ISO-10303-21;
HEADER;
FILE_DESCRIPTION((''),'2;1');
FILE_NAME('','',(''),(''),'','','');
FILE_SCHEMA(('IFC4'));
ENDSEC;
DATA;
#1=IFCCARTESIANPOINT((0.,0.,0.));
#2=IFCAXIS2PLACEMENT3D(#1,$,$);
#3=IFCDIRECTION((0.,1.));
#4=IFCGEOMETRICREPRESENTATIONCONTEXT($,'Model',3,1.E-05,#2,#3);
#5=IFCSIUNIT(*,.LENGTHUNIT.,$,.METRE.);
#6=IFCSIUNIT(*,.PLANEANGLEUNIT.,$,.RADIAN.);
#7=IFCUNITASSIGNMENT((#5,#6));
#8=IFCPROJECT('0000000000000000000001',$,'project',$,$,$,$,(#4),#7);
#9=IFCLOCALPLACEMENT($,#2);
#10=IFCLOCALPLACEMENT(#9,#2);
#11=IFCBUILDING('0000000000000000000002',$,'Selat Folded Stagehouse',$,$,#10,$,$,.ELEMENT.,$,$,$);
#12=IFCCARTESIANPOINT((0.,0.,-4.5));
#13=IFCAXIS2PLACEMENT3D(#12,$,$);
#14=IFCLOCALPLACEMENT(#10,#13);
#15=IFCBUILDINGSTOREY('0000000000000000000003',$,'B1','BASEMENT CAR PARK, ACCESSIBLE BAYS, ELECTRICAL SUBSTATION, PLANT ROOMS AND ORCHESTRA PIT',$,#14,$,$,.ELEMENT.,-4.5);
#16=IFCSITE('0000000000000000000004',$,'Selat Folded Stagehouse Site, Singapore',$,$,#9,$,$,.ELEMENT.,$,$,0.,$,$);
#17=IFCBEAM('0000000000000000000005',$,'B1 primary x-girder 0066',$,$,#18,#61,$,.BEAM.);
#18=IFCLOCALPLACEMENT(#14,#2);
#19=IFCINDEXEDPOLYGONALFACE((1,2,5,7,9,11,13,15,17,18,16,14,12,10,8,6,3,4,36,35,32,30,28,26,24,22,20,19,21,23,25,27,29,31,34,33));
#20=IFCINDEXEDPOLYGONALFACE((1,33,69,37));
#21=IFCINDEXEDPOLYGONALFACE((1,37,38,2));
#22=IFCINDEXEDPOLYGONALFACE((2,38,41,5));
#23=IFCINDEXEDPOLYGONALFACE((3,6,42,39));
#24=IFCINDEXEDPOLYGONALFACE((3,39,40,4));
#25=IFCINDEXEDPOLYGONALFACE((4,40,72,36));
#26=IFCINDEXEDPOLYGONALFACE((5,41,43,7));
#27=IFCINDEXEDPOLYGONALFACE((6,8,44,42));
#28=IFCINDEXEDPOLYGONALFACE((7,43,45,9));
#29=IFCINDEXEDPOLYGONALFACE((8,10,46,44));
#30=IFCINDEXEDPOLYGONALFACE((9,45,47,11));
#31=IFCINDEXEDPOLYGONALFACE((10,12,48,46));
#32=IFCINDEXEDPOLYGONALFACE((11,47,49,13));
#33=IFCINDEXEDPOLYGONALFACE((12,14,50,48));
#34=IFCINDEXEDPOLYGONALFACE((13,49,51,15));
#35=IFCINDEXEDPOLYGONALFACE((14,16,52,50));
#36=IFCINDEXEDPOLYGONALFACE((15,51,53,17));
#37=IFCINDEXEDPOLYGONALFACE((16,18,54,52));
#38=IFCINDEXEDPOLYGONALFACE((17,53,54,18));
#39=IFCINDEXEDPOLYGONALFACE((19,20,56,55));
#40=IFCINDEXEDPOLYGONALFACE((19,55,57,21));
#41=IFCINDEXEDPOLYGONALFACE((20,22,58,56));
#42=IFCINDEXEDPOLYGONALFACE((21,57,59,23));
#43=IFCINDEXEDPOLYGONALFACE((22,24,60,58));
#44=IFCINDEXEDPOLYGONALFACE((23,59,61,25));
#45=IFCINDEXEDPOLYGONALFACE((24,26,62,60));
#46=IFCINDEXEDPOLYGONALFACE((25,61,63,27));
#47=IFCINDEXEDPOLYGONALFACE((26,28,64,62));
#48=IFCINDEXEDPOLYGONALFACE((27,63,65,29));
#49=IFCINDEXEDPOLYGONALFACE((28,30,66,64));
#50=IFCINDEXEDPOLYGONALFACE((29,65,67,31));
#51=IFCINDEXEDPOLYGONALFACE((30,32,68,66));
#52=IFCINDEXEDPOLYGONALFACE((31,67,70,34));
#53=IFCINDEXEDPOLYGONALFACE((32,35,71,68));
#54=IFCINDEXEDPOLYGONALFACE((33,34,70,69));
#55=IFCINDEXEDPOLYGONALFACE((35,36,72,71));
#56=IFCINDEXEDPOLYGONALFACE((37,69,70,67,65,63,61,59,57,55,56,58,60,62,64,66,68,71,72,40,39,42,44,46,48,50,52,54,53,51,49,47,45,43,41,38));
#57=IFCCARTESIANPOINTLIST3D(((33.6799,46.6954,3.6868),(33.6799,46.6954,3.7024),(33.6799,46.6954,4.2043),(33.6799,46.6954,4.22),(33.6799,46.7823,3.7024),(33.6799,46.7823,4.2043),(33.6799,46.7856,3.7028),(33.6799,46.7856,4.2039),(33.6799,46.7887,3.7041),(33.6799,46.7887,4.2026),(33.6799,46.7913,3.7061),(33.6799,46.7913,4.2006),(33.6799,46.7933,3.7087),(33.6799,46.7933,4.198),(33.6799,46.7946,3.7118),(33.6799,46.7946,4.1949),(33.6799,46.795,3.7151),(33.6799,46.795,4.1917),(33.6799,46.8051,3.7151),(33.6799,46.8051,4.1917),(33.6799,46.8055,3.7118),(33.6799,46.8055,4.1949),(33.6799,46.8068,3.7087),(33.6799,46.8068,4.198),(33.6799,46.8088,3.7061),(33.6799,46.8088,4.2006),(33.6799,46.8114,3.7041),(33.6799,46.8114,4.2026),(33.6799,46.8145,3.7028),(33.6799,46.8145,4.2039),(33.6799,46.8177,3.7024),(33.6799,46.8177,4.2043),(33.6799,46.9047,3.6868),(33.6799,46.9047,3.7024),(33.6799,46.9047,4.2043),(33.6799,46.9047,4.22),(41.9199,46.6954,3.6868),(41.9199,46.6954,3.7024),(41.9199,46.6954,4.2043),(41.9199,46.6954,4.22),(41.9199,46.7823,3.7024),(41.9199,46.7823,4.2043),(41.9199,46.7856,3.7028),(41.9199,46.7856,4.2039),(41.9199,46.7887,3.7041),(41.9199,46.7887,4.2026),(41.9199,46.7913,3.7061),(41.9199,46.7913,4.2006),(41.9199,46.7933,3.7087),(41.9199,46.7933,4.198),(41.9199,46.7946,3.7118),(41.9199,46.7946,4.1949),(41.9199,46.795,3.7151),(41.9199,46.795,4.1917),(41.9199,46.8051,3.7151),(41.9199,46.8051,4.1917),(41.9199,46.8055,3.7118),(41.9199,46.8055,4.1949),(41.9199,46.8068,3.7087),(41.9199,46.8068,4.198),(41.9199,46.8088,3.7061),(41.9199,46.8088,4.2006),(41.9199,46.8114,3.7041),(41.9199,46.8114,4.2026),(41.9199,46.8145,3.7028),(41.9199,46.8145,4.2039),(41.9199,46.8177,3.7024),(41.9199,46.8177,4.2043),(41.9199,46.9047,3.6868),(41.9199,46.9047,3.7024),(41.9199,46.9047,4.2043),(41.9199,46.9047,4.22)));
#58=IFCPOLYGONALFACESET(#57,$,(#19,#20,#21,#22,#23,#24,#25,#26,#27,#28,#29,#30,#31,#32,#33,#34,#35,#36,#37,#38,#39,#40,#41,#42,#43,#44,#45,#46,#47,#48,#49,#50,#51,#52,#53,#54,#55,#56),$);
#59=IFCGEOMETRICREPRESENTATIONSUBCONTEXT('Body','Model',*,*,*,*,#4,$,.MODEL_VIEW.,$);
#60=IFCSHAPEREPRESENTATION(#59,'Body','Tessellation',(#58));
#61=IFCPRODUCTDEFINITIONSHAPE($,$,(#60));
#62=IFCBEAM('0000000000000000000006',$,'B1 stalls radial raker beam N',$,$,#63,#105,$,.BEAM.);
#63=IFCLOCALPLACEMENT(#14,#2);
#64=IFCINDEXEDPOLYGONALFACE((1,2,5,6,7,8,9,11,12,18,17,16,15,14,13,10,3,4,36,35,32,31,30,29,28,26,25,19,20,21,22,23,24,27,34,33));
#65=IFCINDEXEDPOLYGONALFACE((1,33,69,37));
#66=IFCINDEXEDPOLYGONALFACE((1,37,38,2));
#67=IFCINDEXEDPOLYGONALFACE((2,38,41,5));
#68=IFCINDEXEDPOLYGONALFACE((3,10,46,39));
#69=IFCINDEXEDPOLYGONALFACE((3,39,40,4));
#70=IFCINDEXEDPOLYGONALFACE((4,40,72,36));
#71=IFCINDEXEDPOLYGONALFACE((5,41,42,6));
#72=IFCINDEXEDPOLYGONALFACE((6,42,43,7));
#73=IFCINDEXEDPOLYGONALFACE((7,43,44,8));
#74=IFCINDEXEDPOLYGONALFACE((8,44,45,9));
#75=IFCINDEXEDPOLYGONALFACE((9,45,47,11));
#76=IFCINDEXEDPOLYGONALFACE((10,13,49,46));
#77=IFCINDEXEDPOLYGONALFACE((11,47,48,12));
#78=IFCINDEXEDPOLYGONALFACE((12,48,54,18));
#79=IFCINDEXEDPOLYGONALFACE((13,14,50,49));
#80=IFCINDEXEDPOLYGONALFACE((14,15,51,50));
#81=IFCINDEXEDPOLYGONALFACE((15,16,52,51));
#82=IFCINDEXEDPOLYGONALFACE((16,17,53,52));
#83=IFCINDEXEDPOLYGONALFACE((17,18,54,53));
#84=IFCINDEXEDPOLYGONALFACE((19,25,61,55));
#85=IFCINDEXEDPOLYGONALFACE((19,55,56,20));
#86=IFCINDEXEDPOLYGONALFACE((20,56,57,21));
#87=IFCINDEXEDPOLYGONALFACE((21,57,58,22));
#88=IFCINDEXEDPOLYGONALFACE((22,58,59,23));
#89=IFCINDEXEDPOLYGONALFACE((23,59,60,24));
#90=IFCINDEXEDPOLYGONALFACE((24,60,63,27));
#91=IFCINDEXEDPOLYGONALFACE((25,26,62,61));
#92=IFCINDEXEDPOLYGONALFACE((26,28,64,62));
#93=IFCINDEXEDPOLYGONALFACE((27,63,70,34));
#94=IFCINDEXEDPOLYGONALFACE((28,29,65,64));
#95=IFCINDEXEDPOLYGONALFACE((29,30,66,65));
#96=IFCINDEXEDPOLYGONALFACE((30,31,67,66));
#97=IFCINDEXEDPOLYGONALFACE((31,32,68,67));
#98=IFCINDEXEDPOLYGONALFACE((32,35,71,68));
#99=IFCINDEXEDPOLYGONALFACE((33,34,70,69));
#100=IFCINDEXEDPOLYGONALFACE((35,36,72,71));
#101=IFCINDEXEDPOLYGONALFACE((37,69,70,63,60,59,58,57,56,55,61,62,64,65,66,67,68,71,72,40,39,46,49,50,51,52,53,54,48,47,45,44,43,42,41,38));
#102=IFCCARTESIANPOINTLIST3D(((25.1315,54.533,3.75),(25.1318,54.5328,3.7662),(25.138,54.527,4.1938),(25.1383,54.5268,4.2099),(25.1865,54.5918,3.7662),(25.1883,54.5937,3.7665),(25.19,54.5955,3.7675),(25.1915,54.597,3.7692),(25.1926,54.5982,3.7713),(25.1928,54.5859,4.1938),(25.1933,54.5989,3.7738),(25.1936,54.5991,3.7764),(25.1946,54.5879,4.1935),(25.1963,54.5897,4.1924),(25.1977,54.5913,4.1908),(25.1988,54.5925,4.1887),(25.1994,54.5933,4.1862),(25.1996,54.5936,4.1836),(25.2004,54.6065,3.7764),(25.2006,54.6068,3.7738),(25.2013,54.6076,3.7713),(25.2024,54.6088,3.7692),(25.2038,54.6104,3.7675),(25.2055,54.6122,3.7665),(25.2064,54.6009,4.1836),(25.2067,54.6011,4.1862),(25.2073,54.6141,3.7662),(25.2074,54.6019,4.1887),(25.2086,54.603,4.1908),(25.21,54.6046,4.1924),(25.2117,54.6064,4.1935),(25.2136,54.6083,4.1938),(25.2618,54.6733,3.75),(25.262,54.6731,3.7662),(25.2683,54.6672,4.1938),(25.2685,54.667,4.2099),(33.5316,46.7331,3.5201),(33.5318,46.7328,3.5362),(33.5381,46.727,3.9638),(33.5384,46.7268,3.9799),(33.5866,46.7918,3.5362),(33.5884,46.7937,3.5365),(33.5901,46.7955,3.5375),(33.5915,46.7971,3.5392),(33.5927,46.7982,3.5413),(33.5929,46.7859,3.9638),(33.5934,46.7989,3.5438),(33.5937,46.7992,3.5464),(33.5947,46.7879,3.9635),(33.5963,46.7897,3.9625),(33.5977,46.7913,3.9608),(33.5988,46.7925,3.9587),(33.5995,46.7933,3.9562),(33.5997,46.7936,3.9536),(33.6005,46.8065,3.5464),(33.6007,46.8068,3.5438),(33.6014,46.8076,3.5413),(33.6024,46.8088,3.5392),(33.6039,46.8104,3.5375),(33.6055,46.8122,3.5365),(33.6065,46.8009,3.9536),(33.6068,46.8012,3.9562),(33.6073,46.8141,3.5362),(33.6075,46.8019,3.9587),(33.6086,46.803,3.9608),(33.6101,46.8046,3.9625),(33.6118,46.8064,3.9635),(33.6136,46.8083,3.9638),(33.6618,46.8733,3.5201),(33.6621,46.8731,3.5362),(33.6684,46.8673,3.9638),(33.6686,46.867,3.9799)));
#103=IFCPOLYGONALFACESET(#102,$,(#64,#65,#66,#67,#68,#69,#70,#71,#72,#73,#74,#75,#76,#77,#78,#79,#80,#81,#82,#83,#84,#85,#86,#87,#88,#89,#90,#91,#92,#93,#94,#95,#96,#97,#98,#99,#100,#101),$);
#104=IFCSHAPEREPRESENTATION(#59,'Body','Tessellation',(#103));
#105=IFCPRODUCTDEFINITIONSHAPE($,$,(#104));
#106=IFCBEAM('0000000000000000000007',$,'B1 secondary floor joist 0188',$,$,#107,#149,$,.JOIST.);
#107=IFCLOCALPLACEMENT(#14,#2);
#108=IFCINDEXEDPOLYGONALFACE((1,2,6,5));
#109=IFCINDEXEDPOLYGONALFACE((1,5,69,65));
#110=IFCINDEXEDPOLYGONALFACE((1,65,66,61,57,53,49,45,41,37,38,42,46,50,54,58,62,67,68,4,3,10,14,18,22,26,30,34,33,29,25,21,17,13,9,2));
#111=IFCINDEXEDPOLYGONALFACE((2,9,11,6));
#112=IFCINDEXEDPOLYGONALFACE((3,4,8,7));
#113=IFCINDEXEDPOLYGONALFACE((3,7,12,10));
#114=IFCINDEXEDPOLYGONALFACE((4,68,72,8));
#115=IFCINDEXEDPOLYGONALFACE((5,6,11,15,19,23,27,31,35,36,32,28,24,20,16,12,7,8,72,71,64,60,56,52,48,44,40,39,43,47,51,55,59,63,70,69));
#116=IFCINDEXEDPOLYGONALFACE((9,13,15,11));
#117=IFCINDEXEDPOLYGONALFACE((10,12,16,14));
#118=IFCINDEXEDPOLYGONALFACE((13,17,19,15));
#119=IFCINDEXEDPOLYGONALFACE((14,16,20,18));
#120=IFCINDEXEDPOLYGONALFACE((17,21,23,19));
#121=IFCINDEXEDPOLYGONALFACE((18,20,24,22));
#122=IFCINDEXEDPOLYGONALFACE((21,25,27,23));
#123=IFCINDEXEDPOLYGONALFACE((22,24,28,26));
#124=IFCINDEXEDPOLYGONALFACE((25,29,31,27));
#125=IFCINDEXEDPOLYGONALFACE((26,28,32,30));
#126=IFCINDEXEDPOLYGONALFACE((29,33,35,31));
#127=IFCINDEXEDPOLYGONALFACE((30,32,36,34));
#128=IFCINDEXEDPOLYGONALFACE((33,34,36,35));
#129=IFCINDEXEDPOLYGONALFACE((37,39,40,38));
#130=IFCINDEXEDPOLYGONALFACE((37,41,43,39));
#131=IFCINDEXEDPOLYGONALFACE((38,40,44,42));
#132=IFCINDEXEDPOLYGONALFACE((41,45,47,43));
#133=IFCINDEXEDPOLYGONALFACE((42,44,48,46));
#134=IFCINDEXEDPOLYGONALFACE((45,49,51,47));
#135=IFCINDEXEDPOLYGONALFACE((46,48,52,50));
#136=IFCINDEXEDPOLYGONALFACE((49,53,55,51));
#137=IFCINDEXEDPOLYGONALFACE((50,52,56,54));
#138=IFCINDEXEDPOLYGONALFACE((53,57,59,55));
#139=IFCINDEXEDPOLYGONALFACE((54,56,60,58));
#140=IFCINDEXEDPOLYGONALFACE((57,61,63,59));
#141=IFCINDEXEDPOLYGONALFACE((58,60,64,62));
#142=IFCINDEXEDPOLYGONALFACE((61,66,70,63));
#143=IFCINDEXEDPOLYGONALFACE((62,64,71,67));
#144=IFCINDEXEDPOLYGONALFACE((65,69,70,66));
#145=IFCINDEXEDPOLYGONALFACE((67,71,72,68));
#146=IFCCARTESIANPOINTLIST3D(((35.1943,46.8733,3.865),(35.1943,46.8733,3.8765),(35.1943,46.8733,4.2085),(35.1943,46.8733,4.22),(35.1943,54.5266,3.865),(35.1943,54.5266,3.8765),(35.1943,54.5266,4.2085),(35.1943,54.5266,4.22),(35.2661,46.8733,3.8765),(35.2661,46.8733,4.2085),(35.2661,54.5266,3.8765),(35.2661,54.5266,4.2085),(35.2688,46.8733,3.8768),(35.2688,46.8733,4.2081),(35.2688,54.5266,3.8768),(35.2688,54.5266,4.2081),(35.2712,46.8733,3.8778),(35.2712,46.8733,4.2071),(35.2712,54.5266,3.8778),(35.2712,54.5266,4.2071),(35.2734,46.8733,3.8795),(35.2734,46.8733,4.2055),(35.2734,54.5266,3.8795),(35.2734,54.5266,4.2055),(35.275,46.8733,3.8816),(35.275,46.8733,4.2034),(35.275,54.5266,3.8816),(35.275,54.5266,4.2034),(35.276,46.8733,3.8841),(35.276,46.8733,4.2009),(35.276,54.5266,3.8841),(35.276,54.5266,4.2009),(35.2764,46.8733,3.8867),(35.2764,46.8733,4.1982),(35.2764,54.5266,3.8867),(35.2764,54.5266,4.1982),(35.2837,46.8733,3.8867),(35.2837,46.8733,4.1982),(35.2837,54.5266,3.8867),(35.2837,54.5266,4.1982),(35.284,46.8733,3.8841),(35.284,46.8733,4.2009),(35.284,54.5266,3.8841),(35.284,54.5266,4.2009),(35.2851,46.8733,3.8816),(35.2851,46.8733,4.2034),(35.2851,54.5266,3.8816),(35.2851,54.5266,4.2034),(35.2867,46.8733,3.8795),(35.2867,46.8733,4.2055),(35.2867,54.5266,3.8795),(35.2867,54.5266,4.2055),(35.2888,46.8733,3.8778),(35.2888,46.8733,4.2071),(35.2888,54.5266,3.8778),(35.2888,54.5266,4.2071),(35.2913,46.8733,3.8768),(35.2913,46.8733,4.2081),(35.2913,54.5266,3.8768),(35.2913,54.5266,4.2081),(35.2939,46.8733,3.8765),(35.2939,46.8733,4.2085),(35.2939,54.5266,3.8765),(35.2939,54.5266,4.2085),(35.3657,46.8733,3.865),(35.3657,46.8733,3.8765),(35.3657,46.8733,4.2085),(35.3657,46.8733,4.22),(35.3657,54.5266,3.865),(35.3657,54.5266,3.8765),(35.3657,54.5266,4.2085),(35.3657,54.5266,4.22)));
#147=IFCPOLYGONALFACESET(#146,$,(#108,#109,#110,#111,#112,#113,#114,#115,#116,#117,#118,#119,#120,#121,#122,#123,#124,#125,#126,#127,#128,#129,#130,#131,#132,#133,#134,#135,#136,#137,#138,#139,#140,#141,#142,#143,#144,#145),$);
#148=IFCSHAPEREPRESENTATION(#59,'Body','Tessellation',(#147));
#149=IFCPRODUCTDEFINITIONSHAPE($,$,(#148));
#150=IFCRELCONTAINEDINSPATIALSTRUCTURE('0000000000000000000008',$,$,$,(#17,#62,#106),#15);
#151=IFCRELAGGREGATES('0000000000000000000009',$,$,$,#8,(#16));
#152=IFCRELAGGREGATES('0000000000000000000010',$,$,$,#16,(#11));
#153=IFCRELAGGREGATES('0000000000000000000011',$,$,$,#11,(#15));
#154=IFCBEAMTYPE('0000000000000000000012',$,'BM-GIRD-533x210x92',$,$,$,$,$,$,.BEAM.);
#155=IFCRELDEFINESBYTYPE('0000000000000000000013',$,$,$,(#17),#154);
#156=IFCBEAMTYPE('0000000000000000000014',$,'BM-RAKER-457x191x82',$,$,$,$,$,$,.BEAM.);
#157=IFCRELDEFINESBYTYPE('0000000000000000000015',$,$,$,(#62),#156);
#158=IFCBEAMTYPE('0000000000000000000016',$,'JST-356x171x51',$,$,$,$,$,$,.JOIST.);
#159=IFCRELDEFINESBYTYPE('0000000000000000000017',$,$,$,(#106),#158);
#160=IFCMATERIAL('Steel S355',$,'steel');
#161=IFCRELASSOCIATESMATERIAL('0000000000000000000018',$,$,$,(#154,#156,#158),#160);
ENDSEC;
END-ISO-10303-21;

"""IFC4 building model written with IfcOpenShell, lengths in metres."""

from ifc_helpers import new_model, si_unit, direction, frame, origin, origin_2d, place, context, subcontext, project, spatial, i_section, extrude, material, material_profile, profile_set, type_object, element, save


model = new_model("IFC4")

# Units and contexts
model_context = context("Model", 3, precision=1e-05, world=origin(), true_north=direction((0.0, 1.0)))
body_context = subcontext(model_context, "Body", "Model", "MODEL_VIEW")
ifc_project = project(units=[si_unit("LENGTHUNIT", "METRE"), si_unit("PLANEANGLEUNIT", "RADIAN")], contexts=[model_context])

# Site, building, storey
site_placement = place(None, origin())
site = spatial("IfcSite", under=ifc_project, at=site_placement, Name="Selat Folded Stagehouse Site, Singapore", CompositionType="ELEMENT", RefElevation=0.0)
building_placement = place(site_placement, origin())
building = spatial("IfcBuilding", under=site, at=building_placement, Name="Selat Folded Stagehouse", CompositionType="ELEMENT")
storey_placement = place(building_placement, frame((0.0, 0.0, -4.5)))
storey = spatial("IfcBuildingStorey", under=building, at=storey_placement, Name="B1", Description="BASEMENT CAR PARK, ACCESSIBLE BAYS, ELECTRICAL SUBSTATION, PLANT ROOMS AND ORCHESTRA PIT", CompositionType="ELEMENT", Elevation=-4.5)

# Shared definitions
ifc_material_1 = material(Name="Steel S355", Category="steel")

# Beams
ifc_material_profile_1 = material_profile(ifc_material_1, i_section(OverallWidth=0.2092, OverallDepth=0.5332, WebThickness=0.01, FlangeThickness=0.0156, FilletRadius=0.0127, at=origin_2d()), Name="UKB 533x210x92")
ifc_profile_set_1 = profile_set([ifc_material_profile_1], Name="Steel S355")
beam_type_1 = type_object("IfcBeamType", Name="BM-GIRD-533x210x92", PredefinedType="BEAM", material=ifc_profile_set_1)
for number, where, z_axis, x_axis, name in (
    (1, (33.6799, 46.8, 3.9534), (1.0, 0.0, 0.0), (0.0, 1.0, 0.0), "B1 primary x-girder 0066"),
):
    element("IfcBeam", number, at=place(storey_placement, frame(where, z_axis=z_axis, x_axis=x_axis)), inside=storey, type_object=beam_type_1, Name=name, PredefinedType="BEAM", context=body_context, shape_type="SweptSolid", body=[
        extrude(i_section(OverallWidth=0.2092, OverallDepth=0.5332, WebThickness=0.01, FlangeThickness=0.0156, FilletRadius=0.0127, at=origin_2d()), origin(), (0.0, 0.0, 1.0), 8.24),
    ])
ifc_material_profile_2 = material_profile(ifc_material_1, i_section(OverallWidth=0.1914, OverallDepth=0.46, WebThickness=0.01, FlangeThickness=0.0161, FilletRadius=0.0103, at=origin_2d()), Name="UKB 457x191x82")
ifc_profile_set_2 = profile_set([ifc_material_profile_2], Name="Steel S355")
beam_type_2 = type_object("IfcBeamType", Name="BM-RAKER-457x191x82", PredefinedType="BEAM", material=ifc_profile_set_2)
beam_1_placement = place(storey_placement, frame((33.6001, 46.8, 3.75), z_axis=(-0.73265, 0.68031, 0.020059), x_axis=(-0.680447, -0.732797, 0.0)))
element("IfcBeam", 2, at=beam_1_placement, inside=storey, type_object=beam_type_2, Name="B1 stalls radial raker beam N", PredefinedType="BEAM", context=body_context, shape_type="SweptSolid", body=[
    extrude(i_section(OverallWidth=0.1914, OverallDepth=0.46, WebThickness=0.01, FlangeThickness=0.0161, FilletRadius=0.0103, at=origin_2d()), origin(), (0.0, 0.0, 1.0), 11.4653),
])
ifc_material_profile_3 = material_profile(ifc_material_1, i_section(OverallWidth=0.1714, OverallDepth=0.355, WebThickness=0.0073, FlangeThickness=0.0115, FilletRadius=0.0103, at=origin_2d()), Name="UKB 356x171x51")
ifc_profile_set_3 = profile_set([ifc_material_profile_3], Name="Steel S355")
beam_type_3 = type_object("IfcBeamType", Name="JST-356x171x51", PredefinedType="JOIST", material=ifc_profile_set_3)
beam_2_placement = place(storey_placement, frame((35.28, 46.8733, 4.0425), z_axis=(0.0, 1.0, 0.0), x_axis=(-1.0, 0.0, 0.0)))
element("IfcBeam", 3, at=beam_2_placement, inside=storey, type_object=beam_type_3, Name="B1 secondary floor joist 0188", PredefinedType="JOIST", context=body_context, shape_type="SweptSolid", body=[
    extrude(i_section(OverallWidth=0.1714, OverallDepth=0.355, WebThickness=0.0073, FlangeThickness=0.0115, FilletRadius=0.0103, at=origin_2d()), origin(), (0.0, 0.0, 1.0), 7.6533),
])

save(model, "model.ifc")
